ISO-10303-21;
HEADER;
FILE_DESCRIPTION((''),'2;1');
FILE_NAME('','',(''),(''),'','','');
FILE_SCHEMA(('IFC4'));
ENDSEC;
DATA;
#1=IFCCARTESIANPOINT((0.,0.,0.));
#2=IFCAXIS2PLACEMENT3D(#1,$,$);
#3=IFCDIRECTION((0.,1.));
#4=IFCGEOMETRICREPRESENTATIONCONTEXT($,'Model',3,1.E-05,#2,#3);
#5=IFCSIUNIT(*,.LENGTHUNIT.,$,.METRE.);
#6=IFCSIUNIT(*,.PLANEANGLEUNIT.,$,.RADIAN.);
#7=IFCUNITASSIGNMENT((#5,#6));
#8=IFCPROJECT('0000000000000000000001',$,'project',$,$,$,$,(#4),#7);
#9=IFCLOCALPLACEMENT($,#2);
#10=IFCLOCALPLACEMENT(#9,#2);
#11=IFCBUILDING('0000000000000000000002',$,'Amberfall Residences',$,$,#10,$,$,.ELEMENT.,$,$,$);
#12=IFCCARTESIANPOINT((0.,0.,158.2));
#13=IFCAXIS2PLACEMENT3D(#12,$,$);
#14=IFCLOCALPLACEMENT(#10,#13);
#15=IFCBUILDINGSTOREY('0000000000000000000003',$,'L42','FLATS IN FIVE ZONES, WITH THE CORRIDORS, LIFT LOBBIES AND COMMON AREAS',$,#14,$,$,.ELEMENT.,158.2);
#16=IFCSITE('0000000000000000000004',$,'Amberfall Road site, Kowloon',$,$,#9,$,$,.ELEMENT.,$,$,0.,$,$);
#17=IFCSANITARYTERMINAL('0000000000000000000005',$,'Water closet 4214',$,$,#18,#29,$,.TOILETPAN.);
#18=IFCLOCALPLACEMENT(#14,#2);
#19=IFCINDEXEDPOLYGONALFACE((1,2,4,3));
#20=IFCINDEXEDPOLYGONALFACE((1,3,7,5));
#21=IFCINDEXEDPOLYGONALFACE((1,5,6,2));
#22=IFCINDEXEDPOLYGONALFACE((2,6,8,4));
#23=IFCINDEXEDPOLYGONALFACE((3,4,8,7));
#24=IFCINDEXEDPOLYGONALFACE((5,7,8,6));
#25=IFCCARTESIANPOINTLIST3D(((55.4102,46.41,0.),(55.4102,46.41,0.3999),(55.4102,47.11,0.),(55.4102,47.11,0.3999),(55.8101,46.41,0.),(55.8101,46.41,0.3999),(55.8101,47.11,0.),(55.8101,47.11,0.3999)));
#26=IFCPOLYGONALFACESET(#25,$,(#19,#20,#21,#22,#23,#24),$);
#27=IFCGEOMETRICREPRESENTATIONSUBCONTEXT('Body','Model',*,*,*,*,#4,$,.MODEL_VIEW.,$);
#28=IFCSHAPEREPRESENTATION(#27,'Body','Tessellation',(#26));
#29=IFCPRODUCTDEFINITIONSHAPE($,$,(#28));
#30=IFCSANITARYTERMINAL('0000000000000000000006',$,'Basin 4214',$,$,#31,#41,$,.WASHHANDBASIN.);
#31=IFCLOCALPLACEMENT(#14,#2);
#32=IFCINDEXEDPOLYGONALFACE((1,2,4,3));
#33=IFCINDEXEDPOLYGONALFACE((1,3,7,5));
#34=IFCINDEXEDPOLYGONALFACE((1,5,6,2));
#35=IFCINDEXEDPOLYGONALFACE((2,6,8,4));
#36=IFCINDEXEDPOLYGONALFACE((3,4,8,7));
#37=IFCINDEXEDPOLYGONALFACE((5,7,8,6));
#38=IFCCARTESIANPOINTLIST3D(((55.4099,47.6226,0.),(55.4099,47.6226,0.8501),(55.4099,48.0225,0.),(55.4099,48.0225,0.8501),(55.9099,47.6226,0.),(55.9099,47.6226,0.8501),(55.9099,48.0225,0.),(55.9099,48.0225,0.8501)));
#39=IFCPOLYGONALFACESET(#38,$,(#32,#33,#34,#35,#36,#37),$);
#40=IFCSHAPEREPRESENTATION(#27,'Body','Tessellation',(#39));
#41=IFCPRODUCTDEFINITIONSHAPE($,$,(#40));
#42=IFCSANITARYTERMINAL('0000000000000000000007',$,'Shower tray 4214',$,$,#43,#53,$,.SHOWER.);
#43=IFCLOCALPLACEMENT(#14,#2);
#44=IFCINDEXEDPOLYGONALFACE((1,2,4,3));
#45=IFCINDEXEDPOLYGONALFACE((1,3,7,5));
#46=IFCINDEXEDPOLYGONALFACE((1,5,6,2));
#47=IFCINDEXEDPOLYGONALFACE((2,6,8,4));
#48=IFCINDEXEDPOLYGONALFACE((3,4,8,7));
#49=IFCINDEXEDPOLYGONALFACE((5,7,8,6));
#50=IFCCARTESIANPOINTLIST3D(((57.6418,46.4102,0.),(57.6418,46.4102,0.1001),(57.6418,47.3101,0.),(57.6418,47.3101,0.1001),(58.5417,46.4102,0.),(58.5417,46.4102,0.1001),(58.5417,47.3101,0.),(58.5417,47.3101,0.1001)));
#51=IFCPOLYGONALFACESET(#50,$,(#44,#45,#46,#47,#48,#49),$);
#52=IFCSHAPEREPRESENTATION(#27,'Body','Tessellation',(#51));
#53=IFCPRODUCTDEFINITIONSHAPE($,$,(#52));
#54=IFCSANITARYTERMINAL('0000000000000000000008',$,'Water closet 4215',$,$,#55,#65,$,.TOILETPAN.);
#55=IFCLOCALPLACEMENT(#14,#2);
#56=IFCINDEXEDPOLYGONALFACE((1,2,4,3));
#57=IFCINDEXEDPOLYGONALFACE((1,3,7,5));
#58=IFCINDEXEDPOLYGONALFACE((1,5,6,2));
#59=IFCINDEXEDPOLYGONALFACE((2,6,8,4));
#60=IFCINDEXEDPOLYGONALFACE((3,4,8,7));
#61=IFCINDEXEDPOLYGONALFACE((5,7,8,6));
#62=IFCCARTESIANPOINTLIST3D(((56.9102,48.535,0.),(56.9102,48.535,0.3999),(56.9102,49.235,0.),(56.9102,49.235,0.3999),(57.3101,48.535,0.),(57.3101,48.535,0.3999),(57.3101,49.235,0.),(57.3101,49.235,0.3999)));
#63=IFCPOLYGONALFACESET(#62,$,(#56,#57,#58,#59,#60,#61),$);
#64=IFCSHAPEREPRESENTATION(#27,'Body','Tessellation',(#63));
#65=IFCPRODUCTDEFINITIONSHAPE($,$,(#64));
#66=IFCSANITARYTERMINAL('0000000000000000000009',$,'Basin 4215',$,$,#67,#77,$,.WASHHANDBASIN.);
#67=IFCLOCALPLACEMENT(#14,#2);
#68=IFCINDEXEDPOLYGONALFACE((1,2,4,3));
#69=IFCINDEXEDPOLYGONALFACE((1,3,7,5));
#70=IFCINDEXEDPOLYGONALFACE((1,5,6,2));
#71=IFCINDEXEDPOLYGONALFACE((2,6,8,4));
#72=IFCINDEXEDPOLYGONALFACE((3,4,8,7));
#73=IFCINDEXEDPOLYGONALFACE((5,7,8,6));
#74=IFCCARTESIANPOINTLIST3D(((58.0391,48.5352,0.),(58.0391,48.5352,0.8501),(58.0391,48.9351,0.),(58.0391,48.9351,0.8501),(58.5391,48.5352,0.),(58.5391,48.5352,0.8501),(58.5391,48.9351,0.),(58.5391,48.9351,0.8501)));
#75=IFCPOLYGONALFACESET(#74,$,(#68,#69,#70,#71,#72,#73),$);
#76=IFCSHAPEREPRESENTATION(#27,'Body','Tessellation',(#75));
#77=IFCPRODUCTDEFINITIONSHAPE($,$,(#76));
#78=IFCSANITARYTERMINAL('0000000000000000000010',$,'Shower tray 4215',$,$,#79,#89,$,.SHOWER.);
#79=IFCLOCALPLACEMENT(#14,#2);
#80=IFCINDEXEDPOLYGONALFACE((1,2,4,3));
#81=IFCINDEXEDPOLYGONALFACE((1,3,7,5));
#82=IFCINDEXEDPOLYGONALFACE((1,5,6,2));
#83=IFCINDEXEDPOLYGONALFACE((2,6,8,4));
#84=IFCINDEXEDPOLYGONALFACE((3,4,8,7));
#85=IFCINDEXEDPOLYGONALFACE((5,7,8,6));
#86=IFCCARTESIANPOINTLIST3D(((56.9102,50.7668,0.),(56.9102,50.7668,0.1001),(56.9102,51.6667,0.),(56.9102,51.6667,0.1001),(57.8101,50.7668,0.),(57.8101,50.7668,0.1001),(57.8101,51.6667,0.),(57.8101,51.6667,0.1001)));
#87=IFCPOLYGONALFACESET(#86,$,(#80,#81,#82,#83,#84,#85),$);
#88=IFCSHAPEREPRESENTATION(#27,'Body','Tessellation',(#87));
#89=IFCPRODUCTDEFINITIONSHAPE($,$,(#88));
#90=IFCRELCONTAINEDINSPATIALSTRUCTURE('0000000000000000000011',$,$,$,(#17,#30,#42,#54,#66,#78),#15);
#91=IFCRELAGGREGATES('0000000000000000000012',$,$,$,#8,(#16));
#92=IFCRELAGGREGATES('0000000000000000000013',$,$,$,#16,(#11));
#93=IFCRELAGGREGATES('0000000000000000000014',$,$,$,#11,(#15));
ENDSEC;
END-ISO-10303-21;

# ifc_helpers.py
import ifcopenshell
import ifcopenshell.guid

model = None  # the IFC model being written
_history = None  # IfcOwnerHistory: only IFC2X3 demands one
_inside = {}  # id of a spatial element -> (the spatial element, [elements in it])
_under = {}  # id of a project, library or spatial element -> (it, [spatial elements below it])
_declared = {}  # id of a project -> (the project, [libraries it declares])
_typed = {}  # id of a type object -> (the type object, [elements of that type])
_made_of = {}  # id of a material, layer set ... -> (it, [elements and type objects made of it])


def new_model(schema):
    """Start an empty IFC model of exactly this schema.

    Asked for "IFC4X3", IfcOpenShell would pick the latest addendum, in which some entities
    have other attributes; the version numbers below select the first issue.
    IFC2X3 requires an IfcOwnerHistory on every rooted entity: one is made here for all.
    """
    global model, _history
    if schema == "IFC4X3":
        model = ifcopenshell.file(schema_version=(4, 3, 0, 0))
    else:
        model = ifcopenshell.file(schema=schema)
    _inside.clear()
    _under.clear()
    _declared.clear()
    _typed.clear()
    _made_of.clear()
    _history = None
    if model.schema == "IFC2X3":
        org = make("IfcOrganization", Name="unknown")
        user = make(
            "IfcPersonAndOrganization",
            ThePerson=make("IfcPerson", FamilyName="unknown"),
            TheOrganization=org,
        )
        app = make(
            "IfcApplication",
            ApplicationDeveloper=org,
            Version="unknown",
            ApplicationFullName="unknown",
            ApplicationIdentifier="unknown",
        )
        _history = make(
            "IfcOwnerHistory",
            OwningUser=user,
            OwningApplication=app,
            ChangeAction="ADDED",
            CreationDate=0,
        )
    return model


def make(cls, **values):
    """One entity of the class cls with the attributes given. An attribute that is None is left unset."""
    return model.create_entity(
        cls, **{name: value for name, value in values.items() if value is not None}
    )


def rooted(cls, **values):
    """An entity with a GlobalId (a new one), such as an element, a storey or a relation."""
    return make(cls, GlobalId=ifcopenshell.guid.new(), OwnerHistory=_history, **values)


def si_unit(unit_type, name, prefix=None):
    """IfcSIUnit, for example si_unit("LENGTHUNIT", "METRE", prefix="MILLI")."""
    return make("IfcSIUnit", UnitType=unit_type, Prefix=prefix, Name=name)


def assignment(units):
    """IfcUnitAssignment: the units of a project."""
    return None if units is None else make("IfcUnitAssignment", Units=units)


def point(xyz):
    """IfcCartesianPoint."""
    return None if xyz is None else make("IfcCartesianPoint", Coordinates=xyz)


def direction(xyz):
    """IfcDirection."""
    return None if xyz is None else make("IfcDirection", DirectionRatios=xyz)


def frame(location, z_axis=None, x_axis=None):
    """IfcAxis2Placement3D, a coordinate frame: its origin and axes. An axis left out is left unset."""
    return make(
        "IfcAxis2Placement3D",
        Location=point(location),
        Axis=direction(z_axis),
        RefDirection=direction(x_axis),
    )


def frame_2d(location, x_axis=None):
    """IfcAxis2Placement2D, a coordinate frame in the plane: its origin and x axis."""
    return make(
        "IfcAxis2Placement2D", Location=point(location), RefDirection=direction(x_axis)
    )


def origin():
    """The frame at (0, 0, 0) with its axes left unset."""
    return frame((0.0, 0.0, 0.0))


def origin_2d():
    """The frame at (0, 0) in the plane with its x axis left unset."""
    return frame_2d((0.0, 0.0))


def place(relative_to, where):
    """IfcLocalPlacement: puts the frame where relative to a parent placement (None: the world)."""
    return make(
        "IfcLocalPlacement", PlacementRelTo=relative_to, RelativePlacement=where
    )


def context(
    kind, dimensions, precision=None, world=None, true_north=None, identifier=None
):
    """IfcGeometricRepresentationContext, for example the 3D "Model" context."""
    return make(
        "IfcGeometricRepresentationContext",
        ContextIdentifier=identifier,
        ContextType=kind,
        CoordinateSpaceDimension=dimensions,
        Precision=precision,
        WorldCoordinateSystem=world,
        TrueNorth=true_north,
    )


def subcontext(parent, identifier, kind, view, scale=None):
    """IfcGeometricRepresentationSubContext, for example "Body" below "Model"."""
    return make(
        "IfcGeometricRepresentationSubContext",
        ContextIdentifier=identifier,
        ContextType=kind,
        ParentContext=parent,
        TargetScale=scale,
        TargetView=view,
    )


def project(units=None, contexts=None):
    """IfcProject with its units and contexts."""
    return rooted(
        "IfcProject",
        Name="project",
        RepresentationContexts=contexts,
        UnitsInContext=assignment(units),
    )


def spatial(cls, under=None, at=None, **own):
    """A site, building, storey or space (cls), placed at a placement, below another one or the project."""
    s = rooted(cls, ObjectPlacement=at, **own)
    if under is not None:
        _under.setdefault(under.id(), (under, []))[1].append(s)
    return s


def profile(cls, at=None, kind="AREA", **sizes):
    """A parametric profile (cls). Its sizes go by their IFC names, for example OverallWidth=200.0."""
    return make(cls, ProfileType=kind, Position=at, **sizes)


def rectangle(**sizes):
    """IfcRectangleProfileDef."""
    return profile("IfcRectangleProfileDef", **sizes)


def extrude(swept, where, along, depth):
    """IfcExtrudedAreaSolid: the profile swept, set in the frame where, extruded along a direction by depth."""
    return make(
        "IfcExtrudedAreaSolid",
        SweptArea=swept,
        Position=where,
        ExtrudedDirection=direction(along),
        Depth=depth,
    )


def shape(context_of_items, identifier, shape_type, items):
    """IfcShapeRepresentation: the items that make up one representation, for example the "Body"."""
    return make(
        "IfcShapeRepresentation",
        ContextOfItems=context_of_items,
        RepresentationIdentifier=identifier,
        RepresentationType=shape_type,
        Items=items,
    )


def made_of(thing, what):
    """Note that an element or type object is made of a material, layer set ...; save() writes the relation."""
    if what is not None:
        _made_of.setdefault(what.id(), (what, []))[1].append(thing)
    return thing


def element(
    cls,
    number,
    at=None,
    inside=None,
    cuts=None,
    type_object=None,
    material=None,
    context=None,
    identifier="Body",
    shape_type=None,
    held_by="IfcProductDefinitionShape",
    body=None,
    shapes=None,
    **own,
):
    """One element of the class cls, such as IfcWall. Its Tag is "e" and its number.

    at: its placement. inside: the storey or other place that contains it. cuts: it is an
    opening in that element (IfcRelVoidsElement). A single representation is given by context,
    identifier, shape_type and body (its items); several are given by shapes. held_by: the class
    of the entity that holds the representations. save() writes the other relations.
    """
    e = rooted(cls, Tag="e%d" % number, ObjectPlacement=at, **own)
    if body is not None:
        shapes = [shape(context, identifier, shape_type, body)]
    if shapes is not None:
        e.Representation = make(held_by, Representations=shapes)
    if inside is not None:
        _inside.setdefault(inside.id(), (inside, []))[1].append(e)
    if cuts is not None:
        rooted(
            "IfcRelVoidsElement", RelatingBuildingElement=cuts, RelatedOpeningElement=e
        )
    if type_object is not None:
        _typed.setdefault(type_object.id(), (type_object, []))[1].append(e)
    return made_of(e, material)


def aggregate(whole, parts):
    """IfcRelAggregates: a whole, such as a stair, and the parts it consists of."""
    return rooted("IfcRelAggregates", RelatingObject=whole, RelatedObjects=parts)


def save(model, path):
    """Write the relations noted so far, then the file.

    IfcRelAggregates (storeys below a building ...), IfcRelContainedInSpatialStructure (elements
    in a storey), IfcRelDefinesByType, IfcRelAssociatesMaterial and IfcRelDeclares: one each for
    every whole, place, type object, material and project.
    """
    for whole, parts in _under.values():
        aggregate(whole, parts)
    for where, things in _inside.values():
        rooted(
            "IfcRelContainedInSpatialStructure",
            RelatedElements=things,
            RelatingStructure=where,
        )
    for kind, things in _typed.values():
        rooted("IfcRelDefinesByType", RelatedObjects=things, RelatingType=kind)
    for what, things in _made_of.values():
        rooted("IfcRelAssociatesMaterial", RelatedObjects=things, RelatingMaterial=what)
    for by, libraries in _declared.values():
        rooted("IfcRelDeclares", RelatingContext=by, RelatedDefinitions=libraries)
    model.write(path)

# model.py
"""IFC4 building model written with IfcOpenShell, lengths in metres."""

from ifc_helpers import new_model, si_unit, direction, frame, origin, origin_2d, place, context, subcontext, project, spatial, rectangle, extrude, element, save


model = new_model("IFC4")

# Units and contexts
model_context = context("Model", 3, precision=1e-05, world=origin(), true_north=direction((0.0, 1.0)))
body_context = subcontext(model_context, "Body", "Model", "MODEL_VIEW")
ifc_project = project(units=[si_unit("LENGTHUNIT", "METRE"), si_unit("PLANEANGLEUNIT", "RADIAN")], contexts=[model_context])

# Site, building, storey
site_placement = place(None, origin())
site = spatial("IfcSite", under=ifc_project, at=site_placement, Name="Amberfall Road site, Kowloon", CompositionType="ELEMENT", RefElevation=0.0)
building_placement = place(site_placement, origin())
building = spatial("IfcBuilding", under=site, at=building_placement, Name="Amberfall Residences", CompositionType="ELEMENT")
storey_placement = place(building_placement, frame((0.0, 0.0, 158.2)))
storey = spatial("IfcBuildingStorey", under=building, at=storey_placement, Name="L42", Description="FLATS IN FIVE ZONES, WITH THE CORRIDORS, LIFT LOBBIES AND COMMON AREAS", CompositionType="ELEMENT", Elevation=158.2)

# Sanitary terminals
sanitary_terminal_1_placement = place(storey_placement, frame((55.6101, 46.76, 0.0), z_axis=(0.0, 0.0, 1.0), x_axis=(1.0, 0.0, 0.0)))
element("IfcSanitaryTerminal", 1, at=sanitary_terminal_1_placement, inside=storey, Name="Water closet 4214", PredefinedType="TOILETPAN", context=body_context, shape_type="SweptSolid", body=[
    extrude(rectangle(XDim=0.3999, YDim=0.7, at=origin_2d()), origin(), (0.0, 0.0, 1.0), 0.3999),
])
sanitary_terminal_2_placement = place(storey_placement, frame((55.6599, 47.8225, 0.0), z_axis=(0.0, 0.0, 1.0), x_axis=(1.0, 0.0, 0.0)))
element("IfcSanitaryTerminal", 2, at=sanitary_terminal_2_placement, inside=storey, Name="Basin 4214", PredefinedType="WASHHANDBASIN", context=body_context, shape_type="SweptSolid", body=[
    extrude(rectangle(XDim=0.5, YDim=0.3999, at=origin_2d()), origin(), (0.0, 0.0, 1.0), 0.8501),
])
sanitary_terminal_3_placement = place(storey_placement, frame((58.0918, 46.8601, 0.0), z_axis=(0.0, 0.0, 1.0), x_axis=(1.0, 0.0, 0.0)))
element("IfcSanitaryTerminal", 3, at=sanitary_terminal_3_placement, inside=storey, Name="Shower tray 4214", PredefinedType="SHOWER", context=body_context, shape_type="SweptSolid", body=[
    extrude(rectangle(XDim=0.8999, YDim=0.8999, at=origin_2d()), origin(), (0.0, 0.0, 1.0), 0.1001),
])
sanitary_terminal_4_placement = place(storey_placement, frame((57.1101, 48.885, 0.0), z_axis=(0.0, 0.0, 1.0), x_axis=(1.0, 0.0, 0.0)))
element("IfcSanitaryTerminal", 4, at=sanitary_terminal_4_placement, inside=storey, Name="Water closet 4215", PredefinedType="TOILETPAN", context=body_context, shape_type="SweptSolid", body=[
    extrude(rectangle(XDim=0.3999, YDim=0.7, at=origin_2d()), origin(), (0.0, 0.0, 1.0), 0.3999),
])
sanitary_terminal_5_placement = place(storey_placement, frame((58.2891, 48.7351, 0.0), z_axis=(0.0, 0.0, 1.0), x_axis=(1.0, 0.0, 0.0)))
element("IfcSanitaryTerminal", 5, at=sanitary_terminal_5_placement, inside=storey, Name="Basin 4215", PredefinedType="WASHHANDBASIN", context=body_context, shape_type="SweptSolid", body=[
    extrude(rectangle(XDim=0.5, YDim=0.3999, at=origin_2d()), origin(), (0.0, 0.0, 1.0), 0.8501),
])
sanitary_terminal_6_placement = place(storey_placement, frame((57.3601, 51.2168, 0.0), z_axis=(0.0, 0.0, 1.0), x_axis=(1.0, 0.0, 0.0)))
element("IfcSanitaryTerminal", 6, at=sanitary_terminal_6_placement, inside=storey, Name="Shower tray 4215", PredefinedType="SHOWER", context=body_context, shape_type="SweptSolid", body=[
    extrude(rectangle(XDim=0.8999, YDim=0.8999, at=origin_2d()), origin(), (0.0, 0.0, 1.0), 0.1001),
])

save(model, "model.ifc")
